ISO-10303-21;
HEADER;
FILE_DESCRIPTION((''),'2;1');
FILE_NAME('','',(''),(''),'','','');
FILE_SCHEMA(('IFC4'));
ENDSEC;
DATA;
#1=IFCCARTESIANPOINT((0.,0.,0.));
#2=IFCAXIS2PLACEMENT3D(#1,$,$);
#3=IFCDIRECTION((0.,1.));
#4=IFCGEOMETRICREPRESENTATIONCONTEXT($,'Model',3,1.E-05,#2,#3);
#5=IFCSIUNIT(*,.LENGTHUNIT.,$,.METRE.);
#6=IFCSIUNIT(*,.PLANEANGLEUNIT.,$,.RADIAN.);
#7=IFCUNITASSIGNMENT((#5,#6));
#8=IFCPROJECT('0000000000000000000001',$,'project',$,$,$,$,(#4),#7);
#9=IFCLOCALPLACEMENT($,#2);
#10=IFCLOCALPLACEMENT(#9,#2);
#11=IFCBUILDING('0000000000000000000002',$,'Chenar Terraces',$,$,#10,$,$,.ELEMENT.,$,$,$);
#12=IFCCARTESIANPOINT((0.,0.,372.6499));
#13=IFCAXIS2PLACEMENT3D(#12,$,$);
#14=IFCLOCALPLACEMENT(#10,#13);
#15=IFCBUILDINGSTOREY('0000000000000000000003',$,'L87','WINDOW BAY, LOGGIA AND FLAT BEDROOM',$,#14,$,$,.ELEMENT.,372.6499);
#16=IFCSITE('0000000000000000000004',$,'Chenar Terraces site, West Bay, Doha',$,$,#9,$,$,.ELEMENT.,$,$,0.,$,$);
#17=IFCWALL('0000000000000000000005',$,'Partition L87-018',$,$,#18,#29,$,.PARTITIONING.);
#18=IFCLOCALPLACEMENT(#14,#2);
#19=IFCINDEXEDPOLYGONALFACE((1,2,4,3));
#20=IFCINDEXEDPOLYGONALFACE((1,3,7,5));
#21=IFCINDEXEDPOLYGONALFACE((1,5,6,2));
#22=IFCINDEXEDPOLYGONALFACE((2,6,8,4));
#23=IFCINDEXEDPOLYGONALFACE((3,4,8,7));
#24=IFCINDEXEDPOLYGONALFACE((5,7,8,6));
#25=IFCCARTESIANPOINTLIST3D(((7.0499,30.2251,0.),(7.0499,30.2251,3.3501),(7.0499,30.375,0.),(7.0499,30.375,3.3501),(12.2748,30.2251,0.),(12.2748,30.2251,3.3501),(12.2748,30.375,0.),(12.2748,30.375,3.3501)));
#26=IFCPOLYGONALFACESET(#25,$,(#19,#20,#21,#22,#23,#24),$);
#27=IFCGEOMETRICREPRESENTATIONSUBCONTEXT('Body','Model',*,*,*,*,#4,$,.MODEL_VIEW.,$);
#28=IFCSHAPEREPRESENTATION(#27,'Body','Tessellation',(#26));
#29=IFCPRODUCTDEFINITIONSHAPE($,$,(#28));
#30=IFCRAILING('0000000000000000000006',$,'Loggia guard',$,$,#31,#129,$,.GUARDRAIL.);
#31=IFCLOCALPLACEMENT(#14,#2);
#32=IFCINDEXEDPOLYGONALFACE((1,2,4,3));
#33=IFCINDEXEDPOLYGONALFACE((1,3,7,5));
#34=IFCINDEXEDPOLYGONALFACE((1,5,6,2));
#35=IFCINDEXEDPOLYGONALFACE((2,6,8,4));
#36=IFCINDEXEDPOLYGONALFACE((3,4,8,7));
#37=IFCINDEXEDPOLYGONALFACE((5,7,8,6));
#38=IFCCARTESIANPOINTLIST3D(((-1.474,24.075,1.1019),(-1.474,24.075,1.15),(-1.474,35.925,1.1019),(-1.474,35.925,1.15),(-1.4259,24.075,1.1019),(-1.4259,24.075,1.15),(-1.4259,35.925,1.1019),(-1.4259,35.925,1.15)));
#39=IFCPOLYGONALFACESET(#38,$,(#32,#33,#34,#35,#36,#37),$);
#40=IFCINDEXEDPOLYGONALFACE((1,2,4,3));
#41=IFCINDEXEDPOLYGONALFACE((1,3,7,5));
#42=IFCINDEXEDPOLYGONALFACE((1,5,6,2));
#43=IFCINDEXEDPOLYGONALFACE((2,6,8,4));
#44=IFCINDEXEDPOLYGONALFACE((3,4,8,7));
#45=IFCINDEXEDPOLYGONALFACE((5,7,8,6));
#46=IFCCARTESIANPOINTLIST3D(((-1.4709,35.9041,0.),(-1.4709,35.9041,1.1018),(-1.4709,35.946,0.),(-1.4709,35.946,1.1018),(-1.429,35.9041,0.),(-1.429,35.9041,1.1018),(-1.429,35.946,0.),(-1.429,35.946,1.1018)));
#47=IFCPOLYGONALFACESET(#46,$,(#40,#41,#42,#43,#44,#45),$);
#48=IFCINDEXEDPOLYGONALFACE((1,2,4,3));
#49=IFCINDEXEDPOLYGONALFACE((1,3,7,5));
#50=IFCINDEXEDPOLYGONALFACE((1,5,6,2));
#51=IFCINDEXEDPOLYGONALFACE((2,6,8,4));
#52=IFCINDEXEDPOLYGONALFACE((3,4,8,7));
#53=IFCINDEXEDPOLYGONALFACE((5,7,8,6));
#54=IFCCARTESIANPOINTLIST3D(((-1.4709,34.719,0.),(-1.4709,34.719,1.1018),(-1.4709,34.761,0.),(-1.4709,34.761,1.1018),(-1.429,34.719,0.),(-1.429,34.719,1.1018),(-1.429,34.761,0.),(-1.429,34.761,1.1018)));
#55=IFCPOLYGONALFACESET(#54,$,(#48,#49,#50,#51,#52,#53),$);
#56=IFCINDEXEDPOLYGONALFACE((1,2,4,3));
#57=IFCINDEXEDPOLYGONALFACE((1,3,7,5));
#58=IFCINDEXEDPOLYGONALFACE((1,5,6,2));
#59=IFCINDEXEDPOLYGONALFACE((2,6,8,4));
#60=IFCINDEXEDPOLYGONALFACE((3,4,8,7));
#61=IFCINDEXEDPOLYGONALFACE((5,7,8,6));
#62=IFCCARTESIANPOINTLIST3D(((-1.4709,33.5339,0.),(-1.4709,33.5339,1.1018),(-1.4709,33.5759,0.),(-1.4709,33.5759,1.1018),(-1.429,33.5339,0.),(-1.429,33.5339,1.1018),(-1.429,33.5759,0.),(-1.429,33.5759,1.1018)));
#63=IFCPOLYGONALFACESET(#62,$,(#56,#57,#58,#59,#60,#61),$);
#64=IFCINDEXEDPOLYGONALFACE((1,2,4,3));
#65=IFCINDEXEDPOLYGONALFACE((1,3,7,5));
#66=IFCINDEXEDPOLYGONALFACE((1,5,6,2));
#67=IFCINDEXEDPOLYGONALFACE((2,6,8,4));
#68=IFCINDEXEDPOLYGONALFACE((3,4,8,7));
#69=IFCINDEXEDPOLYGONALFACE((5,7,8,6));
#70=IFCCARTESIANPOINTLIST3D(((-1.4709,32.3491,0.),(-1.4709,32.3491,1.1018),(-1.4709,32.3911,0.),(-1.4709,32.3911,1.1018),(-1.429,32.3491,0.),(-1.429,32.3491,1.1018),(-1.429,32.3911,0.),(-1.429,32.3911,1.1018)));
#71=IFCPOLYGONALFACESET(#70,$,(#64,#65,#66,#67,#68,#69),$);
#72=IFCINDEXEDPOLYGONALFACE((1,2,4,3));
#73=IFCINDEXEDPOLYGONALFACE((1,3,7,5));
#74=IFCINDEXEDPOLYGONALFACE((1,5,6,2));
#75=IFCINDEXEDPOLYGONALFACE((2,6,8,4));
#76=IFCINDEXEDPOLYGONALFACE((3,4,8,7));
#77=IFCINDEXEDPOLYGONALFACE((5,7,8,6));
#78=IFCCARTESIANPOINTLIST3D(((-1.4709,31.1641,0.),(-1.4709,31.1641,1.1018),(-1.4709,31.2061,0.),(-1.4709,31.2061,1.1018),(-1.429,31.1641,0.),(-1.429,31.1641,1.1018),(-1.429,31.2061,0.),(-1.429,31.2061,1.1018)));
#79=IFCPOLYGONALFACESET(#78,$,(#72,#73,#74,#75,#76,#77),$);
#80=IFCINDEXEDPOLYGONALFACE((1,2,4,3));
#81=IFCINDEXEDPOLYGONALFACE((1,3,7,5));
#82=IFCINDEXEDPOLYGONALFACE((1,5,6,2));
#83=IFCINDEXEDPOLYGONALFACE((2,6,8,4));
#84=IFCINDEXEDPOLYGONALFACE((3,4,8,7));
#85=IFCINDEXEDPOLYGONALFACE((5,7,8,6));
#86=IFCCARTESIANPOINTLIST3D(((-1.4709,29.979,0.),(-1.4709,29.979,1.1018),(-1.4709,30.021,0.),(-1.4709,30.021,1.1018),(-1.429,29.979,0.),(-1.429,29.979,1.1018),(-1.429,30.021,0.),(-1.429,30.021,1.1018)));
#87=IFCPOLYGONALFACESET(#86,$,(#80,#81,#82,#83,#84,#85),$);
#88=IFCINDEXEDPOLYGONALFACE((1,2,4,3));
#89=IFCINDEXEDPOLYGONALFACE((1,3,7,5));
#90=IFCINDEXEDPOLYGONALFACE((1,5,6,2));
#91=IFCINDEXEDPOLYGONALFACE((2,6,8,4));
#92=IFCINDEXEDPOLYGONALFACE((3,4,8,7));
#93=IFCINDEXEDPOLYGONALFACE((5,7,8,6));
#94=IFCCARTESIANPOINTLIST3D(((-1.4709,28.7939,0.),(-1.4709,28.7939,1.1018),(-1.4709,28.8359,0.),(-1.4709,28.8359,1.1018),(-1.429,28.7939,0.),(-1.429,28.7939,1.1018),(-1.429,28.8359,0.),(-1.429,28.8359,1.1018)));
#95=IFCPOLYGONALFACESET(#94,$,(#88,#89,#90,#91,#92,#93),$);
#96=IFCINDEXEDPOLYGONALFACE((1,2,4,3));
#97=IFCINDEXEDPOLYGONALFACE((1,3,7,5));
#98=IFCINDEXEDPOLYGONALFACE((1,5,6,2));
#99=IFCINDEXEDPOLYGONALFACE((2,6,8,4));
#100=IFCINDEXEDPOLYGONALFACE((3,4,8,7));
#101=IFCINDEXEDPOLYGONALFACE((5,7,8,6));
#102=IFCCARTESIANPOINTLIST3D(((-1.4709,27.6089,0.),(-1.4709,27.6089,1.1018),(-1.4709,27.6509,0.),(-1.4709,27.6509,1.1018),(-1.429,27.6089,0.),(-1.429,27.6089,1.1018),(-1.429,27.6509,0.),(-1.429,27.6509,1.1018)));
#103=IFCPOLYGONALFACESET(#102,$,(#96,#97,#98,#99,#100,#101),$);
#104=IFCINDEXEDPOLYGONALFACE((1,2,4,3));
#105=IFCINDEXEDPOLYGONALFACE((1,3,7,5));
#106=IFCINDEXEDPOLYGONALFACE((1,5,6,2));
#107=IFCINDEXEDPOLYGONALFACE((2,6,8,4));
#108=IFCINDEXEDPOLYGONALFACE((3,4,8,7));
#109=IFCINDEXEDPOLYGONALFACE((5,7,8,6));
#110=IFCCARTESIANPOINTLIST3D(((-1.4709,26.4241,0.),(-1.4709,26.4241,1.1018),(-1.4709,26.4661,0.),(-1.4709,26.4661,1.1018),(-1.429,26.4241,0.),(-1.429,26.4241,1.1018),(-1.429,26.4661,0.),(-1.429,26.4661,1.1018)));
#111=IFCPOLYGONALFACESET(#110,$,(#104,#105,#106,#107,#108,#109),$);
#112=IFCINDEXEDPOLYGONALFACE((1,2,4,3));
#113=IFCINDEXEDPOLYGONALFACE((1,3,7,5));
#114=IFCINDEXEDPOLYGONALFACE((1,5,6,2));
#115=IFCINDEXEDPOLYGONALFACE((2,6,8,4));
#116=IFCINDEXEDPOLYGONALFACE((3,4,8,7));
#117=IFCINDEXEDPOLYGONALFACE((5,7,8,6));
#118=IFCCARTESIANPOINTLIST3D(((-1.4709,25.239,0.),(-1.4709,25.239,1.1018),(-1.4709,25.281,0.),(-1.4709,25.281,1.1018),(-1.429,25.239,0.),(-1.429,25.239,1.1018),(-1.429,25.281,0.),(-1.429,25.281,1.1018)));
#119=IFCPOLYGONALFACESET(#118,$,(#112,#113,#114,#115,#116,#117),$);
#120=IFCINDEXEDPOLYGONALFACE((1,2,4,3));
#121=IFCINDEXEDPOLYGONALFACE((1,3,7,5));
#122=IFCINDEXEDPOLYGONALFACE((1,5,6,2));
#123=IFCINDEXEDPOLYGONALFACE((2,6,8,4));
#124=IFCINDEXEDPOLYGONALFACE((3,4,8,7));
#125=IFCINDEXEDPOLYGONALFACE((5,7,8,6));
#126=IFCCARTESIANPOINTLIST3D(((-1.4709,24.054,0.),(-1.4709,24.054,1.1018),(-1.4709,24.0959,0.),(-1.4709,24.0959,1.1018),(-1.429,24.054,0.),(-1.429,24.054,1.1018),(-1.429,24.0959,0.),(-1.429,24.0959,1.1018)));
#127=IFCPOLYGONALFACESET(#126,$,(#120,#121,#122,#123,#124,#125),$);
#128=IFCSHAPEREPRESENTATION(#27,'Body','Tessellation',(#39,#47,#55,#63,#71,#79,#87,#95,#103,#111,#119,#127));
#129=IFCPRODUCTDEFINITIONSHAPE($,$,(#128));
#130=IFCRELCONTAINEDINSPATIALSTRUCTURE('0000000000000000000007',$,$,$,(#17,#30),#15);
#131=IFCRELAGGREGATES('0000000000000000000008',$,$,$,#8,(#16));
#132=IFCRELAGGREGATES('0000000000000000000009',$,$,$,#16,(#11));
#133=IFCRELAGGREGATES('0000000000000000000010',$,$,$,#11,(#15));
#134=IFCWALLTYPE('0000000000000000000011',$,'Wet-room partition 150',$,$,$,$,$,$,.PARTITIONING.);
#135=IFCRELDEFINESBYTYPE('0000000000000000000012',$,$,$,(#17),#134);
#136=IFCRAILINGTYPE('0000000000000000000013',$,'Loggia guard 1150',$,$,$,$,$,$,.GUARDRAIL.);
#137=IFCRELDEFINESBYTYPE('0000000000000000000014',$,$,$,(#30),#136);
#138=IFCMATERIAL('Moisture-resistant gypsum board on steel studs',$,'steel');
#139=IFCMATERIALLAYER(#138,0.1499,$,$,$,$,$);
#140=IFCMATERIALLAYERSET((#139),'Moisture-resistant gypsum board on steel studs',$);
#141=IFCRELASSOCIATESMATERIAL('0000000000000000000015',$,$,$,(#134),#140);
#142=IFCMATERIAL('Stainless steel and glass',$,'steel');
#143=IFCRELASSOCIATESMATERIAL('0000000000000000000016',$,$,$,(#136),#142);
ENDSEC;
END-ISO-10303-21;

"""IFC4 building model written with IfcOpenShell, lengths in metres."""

from ifc_helpers import new_model, si_unit, direction, frame, frame_2d, origin, origin_2d, place, context, subcontext, project, spatial, rectangle, extrude, material, layer, layer_set, type_object, element, save


model = new_model("IFC4")

# Units and contexts
model_context = context("Model", 3, precision=1e-05, world=origin(), true_north=direction((0.0, 1.0)))
body_context = subcontext(model_context, "Body", "Model", "MODEL_VIEW")
ifc_project = project(units=[si_unit("LENGTHUNIT", "METRE"), si_unit("PLANEANGLEUNIT", "RADIAN")], contexts=[model_context])

# Site, building, storey
site_placement = place(None, origin())
site = spatial("IfcSite", under=ifc_project, at=site_placement, Name="Chenar Terraces site, West Bay, Doha", CompositionType="ELEMENT", RefElevation=0.0)
building_placement = place(site_placement, origin())
building = spatial("IfcBuilding", under=site, at=building_placement, Name="Chenar Terraces", CompositionType="ELEMENT")
storey_placement = place(building_placement, frame((0.0, 0.0, 372.6499)))
storey = spatial("IfcBuildingStorey", under=building, at=storey_placement, Name="L87", Description="WINDOW BAY, LOGGIA AND FLAT BEDROOM", CompositionType="ELEMENT", Elevation=372.6499)

# Shared definitions
ifc_material_1 = material(Name="Moisture-resistant gypsum board on steel studs", Category="steel")
ifc_layer_1 = layer(ifc_material_1, 0.1499)
ifc_layer_set_1 = layer_set([ifc_layer_1], Name="Moisture-resistant gypsum board on steel studs")
wall_type_1 = type_object("IfcWallType", Name="Wet-room partition 150", PredefinedType="PARTITIONING", material=ifc_layer_set_1)

# Wall
wall_1_placement = place(storey_placement, frame((7.05, 30.3, 0.0), z_axis=(0.0, 0.0, 1.0), x_axis=(1.0, 0.0, 0.0)))
element("IfcWall", 1, at=wall_1_placement, inside=storey, type_object=wall_type_1, Name="Partition L87-018", PredefinedType="PARTITIONING", context=body_context, shape_type="SweptSolid", body=[
    extrude(rectangle(XDim=5.2249, YDim=0.1499, at=frame_2d((2.6123, 0.0))), origin(), (0.0, 0.0, 1.0), 3.3501),
])

# Railing
ifc_material_2 = material(Name="Stainless steel and glass", Category="steel")
railing_type = type_object("IfcRailingType", Name="Loggia guard 1150", PredefinedType="GUARDRAIL", material=ifc_material_2)
railing_placement = place(storey_placement, frame((-1.45, 35.925, 0.0)))
element("IfcRailing", 2, at=railing_placement, inside=storey, type_object=railing_type, Name="Loggia guard", PredefinedType="GUARDRAIL", context=body_context, shape_type="SweptSolid", body=[
    extrude(rectangle(XDim=0.0481, YDim=0.0481, at=origin_2d()), frame((0.0, 0.0, 1.126), z_axis=(0.0, -1.0, 0.0), x_axis=(1.0, 0.0, 0.0)), (0.0, 0.0, 1.0), 11.8501),
    extrude(rectangle(XDim=0.042, YDim=0.042, at=origin_2d()), origin(), (0.0, 0.0, 1.0), 1.1018),
    extrude(rectangle(XDim=0.042, YDim=0.042, at=origin_2d()), frame((0.0, -1.1851, 0.0)), (0.0, 0.0, 1.0), 1.1018),
    extrude(rectangle(XDim=0.042, YDim=0.042, at=origin_2d()), frame((0.0, -2.3701, 0.0)), (0.0, 0.0, 1.0), 1.1018),
    extrude(rectangle(XDim=0.042, YDim=0.042, at=origin_2d()), frame((0.0, -3.5549, 0.0)), (0.0, 0.0, 1.0), 1.1018),
    extrude(rectangle(XDim=0.042, YDim=0.042, at=origin_2d()), frame((0.0, -4.74, 0.0)), (0.0, 0.0, 1.0), 1.1018),
    extrude(rectangle(XDim=0.042, YDim=0.042, at=origin_2d()), frame((0.0, -5.925, 0.0)), (0.0, 0.0, 1.0), 1.1018),
    extrude(rectangle(XDim=0.042, YDim=0.042, at=origin_2d()), frame((0.0, -7.1101, 0.0)), (0.0, 0.0, 1.0), 1.1018),
    extrude(rectangle(XDim=0.042, YDim=0.042, at=origin_2d()), frame((0.0, -8.2952, 0.0)), (0.0, 0.0, 1.0), 1.1018),
    extrude(rectangle(XDim=0.042, YDim=0.042, at=origin_2d()), frame((0.0, -9.48, 0.0)), (0.0, 0.0, 1.0), 1.1018),
    extrude(rectangle(XDim=0.042, YDim=0.042, at=origin_2d()), frame((0.0, -10.665, 0.0)), (0.0, 0.0, 1.0), 1.1018),
    extrude(rectangle(XDim=0.042, YDim=0.042, at=origin_2d()), frame((0.0, -11.8501, 0.0)), (0.0, 0.0, 1.0), 1.1018),
])

save(model, "model.ifc")
